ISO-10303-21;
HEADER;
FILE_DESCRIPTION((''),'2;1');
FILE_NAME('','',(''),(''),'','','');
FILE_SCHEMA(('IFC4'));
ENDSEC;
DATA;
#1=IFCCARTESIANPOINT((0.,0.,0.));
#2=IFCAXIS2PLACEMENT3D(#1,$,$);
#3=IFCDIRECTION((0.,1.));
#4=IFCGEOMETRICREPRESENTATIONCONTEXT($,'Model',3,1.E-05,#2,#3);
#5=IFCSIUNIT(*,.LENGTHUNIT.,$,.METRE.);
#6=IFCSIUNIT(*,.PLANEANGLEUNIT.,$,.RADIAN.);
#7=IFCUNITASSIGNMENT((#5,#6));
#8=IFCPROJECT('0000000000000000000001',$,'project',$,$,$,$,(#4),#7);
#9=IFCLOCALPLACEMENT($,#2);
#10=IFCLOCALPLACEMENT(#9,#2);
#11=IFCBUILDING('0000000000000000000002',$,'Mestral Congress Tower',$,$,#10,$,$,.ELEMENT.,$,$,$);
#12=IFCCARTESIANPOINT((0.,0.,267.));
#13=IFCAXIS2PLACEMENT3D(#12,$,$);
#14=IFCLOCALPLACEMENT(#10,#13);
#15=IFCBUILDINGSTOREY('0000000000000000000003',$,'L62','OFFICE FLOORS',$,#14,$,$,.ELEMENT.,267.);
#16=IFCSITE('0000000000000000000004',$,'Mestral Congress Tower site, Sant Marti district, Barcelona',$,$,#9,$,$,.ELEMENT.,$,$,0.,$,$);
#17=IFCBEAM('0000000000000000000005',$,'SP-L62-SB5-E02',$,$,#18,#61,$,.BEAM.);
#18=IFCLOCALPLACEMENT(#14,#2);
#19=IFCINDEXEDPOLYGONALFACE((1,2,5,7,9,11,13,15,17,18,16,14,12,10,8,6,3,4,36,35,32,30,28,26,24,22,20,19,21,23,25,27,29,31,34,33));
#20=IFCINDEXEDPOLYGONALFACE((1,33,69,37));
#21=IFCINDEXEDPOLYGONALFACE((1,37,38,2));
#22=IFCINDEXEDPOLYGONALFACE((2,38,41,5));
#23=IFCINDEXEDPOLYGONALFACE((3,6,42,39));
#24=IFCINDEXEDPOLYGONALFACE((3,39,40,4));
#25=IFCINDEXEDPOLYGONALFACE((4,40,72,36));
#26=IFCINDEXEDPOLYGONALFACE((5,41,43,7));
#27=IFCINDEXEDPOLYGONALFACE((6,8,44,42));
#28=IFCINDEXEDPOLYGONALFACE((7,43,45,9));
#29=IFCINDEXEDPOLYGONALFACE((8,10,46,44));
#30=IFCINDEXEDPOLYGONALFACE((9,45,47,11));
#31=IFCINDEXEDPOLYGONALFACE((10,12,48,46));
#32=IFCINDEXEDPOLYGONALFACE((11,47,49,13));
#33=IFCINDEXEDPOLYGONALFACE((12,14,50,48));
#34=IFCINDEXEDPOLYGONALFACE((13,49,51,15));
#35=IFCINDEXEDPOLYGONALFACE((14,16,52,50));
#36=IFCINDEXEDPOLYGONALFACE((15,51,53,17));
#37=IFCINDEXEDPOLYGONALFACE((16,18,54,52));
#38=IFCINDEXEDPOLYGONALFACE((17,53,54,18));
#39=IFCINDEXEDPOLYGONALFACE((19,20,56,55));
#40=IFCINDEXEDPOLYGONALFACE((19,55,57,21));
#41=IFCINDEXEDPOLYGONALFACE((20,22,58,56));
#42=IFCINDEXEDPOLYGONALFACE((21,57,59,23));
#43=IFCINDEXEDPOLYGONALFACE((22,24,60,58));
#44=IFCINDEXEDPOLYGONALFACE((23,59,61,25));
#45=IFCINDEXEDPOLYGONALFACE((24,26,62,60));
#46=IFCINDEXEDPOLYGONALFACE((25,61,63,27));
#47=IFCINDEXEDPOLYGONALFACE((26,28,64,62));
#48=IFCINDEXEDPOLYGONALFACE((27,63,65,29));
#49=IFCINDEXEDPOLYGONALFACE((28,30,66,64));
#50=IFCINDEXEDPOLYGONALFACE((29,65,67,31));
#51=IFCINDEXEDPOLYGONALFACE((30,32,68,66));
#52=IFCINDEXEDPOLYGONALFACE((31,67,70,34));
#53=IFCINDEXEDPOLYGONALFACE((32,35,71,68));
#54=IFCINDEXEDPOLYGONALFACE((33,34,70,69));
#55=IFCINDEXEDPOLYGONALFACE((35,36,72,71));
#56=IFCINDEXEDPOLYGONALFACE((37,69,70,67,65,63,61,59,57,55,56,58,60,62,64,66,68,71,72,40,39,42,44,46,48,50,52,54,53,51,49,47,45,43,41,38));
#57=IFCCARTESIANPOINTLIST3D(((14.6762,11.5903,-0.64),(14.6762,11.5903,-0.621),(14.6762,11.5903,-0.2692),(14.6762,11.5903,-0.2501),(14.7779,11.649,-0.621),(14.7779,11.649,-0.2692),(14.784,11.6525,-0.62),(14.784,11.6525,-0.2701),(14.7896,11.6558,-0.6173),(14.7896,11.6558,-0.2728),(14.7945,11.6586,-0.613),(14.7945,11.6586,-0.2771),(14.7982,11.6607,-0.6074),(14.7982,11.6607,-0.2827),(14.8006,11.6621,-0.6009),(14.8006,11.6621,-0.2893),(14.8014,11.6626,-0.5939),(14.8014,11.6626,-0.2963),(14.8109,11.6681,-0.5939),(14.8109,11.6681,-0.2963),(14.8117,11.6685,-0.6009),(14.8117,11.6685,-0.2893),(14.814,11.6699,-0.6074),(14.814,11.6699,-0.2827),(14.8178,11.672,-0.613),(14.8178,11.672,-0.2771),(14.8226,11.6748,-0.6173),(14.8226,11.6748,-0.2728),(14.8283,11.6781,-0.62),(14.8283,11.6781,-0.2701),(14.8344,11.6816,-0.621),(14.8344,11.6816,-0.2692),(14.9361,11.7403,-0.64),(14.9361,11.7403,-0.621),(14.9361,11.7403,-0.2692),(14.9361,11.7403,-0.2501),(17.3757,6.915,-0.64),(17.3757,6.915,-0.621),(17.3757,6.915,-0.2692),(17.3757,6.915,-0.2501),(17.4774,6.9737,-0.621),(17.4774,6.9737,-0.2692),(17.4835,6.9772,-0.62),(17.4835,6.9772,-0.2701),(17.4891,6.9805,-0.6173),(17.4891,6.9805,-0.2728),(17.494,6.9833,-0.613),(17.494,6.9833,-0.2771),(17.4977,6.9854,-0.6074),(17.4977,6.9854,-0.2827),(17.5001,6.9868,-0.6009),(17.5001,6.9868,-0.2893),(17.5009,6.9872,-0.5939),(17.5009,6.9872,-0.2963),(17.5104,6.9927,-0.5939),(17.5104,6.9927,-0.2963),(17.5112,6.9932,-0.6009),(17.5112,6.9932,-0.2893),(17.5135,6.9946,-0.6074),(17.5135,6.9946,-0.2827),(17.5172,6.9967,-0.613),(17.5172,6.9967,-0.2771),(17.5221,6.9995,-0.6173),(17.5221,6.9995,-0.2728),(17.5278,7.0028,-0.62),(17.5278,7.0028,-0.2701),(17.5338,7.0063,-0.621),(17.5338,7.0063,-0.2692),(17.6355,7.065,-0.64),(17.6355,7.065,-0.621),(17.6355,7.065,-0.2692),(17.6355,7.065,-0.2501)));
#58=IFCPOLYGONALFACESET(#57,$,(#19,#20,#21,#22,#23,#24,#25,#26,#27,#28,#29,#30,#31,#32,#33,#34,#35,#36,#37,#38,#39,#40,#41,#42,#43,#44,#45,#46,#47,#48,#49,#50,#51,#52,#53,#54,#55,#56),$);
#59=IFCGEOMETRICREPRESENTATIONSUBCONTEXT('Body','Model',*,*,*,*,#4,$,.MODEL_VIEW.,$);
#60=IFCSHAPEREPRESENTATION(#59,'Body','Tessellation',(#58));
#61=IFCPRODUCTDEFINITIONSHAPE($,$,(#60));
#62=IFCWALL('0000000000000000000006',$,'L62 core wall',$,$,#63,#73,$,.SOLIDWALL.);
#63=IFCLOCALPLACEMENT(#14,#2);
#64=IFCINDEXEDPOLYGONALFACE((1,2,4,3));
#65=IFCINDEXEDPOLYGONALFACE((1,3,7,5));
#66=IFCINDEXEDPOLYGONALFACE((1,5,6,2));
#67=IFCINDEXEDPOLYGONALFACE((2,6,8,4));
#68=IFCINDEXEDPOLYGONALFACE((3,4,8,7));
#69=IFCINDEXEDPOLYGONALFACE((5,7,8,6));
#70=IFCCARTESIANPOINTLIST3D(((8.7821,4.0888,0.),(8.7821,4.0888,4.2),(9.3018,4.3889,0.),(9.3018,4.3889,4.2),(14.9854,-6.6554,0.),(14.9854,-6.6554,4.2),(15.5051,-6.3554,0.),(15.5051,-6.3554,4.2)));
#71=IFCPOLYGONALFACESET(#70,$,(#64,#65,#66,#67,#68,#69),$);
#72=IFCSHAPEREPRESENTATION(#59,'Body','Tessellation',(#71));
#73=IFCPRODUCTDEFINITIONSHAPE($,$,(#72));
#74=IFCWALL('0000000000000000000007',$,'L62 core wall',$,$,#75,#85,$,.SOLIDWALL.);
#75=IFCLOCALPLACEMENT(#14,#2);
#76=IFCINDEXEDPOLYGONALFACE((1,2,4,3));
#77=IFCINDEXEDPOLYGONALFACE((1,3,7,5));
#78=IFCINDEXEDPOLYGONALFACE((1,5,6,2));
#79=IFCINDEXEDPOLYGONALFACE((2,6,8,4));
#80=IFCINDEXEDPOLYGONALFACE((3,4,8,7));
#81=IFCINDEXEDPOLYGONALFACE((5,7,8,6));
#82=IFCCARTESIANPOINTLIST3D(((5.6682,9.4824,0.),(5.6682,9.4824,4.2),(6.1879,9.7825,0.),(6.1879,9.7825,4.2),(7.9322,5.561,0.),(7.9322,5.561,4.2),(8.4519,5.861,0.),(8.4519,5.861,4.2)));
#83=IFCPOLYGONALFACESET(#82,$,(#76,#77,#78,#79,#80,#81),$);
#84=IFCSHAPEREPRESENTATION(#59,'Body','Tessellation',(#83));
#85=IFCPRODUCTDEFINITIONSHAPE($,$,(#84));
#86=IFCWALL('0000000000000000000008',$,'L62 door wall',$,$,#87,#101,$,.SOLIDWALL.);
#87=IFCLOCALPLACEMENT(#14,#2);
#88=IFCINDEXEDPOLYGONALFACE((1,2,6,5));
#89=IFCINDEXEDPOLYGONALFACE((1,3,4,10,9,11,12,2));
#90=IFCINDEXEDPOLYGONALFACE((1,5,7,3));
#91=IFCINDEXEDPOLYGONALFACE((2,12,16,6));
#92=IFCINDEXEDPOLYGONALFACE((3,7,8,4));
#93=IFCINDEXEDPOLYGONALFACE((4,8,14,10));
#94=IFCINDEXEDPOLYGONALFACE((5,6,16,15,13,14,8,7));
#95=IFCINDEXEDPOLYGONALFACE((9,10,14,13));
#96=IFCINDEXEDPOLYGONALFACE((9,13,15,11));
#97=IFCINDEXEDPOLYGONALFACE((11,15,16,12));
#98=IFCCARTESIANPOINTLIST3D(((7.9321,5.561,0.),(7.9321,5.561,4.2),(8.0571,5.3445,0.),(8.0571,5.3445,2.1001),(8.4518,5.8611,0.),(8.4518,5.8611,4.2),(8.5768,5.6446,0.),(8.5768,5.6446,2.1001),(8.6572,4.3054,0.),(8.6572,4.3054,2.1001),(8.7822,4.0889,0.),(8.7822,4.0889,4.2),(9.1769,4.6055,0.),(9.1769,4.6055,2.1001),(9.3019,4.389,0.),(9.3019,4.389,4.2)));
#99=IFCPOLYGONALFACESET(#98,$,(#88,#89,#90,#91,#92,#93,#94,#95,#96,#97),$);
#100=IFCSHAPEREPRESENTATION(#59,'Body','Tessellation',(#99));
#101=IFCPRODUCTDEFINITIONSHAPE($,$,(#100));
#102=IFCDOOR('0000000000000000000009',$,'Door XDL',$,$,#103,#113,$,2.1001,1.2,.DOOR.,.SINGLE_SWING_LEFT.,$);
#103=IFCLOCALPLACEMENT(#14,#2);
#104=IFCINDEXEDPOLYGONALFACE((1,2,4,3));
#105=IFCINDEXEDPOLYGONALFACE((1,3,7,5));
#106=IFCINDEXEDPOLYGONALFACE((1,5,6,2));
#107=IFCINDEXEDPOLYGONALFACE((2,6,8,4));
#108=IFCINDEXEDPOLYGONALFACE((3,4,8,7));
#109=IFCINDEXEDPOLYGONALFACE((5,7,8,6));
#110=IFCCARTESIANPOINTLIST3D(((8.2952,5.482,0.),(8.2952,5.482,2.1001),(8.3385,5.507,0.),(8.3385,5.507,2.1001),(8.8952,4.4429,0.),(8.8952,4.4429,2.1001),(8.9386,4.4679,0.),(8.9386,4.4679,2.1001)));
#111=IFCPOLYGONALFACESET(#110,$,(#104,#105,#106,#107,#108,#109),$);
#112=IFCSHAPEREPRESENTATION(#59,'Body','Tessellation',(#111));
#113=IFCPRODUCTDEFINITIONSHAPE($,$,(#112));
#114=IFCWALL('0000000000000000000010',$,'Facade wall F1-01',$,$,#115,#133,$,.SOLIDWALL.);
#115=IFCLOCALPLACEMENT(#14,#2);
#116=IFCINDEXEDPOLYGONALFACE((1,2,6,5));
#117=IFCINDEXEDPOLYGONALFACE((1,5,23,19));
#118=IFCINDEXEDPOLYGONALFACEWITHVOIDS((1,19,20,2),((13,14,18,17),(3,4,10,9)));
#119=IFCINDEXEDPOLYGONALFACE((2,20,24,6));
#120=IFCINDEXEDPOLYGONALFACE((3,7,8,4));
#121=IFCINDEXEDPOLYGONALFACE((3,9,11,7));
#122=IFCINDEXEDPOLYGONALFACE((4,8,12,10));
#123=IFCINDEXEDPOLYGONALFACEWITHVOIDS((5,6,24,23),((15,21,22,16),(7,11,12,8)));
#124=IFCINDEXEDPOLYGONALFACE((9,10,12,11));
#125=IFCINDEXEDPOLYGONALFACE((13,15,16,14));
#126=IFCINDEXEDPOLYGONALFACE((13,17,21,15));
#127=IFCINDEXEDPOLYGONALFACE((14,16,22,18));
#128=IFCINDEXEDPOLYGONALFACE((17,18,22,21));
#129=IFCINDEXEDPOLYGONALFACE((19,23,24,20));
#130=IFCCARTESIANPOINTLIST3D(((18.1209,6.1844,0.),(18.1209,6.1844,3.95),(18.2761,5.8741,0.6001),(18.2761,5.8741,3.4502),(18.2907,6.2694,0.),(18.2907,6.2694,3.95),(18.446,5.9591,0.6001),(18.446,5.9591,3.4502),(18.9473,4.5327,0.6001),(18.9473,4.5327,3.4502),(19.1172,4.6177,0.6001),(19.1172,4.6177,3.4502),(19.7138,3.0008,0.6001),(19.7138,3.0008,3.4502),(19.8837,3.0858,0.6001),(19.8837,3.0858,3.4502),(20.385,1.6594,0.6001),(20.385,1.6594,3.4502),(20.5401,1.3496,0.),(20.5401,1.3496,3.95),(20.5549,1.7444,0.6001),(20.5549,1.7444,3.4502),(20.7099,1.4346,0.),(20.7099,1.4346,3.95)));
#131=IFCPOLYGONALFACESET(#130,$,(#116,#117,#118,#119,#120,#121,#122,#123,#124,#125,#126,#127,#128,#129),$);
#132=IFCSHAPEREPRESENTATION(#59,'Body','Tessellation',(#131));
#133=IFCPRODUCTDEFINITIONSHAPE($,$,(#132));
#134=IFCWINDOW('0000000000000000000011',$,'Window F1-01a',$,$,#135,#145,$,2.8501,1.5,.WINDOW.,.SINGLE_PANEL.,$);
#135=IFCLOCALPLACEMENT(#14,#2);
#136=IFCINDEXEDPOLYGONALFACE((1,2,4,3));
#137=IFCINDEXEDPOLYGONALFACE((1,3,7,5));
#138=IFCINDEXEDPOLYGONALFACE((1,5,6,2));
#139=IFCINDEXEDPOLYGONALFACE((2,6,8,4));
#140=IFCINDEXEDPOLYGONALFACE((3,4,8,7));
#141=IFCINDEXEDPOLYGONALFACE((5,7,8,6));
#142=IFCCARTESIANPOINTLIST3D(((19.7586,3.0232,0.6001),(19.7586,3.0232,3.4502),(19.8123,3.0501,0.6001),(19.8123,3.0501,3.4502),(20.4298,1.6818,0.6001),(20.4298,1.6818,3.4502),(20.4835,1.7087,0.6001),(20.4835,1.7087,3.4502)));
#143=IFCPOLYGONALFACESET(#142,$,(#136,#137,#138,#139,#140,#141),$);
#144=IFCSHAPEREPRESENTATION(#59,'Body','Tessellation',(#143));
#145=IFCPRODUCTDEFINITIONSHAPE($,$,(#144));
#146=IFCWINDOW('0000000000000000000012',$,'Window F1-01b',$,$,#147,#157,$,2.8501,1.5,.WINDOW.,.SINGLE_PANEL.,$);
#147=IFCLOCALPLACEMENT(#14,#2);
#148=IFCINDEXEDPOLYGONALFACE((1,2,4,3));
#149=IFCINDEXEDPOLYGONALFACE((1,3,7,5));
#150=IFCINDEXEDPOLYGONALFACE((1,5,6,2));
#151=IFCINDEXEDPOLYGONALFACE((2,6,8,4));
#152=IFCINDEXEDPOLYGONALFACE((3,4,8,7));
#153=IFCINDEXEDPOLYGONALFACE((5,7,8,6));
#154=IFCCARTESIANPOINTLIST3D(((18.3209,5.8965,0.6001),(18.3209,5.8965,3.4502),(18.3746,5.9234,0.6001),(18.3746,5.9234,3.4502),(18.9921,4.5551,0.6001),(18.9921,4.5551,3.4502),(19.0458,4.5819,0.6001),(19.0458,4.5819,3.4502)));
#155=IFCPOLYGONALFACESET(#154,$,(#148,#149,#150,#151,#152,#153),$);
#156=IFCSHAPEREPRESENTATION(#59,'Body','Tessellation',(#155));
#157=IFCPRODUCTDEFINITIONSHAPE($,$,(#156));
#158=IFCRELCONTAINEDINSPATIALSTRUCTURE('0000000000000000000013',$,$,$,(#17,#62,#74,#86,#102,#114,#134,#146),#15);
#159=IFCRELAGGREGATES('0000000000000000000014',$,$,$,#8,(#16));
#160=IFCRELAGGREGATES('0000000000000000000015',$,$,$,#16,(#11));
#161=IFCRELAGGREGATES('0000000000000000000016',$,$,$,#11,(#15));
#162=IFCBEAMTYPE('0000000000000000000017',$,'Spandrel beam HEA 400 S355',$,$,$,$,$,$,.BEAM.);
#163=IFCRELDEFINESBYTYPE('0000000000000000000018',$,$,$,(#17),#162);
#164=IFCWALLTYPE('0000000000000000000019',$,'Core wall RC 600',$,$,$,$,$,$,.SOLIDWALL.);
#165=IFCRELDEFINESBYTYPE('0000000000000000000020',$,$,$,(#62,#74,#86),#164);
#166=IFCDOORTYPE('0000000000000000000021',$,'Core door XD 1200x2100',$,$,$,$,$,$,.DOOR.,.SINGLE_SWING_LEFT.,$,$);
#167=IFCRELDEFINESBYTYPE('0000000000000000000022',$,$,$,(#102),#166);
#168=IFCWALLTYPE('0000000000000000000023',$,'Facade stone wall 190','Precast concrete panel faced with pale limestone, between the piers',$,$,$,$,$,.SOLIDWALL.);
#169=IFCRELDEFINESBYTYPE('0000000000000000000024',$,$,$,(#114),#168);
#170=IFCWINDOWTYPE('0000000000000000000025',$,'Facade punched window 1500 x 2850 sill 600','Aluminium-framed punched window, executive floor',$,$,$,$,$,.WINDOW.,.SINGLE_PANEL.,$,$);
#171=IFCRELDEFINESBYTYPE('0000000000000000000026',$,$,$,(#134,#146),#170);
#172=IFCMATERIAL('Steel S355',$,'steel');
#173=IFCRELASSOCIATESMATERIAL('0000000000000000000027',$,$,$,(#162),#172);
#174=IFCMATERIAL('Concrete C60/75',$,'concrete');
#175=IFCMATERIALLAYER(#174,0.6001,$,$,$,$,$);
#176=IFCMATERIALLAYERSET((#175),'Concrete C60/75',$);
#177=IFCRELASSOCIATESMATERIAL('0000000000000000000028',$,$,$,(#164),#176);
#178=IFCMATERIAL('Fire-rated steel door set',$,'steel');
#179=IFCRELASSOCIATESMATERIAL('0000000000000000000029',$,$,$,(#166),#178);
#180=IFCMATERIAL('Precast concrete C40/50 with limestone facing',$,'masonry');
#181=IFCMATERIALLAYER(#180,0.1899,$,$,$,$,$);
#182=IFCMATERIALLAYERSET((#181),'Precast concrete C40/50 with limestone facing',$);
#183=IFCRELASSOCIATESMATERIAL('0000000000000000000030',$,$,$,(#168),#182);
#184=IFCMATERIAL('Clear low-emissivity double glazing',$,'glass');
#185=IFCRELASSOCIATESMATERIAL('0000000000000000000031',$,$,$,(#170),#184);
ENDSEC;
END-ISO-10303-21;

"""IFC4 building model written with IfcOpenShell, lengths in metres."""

from ifc_helpers import new_model, si_unit, direction, frame, frame_2d, origin, origin_2d, place, context, subcontext, project, spatial, rectangle, i_section, extrude, material, layer, layer_set, material_profile, profile_set, type_object, element, fill, save


model = new_model("IFC4")

# Units and contexts
model_context = context("Model", 3, precision=1e-05, world=origin(), true_north=direction((0.0, 1.0)))
body_context = subcontext(model_context, "Body", "Model", "MODEL_VIEW")
ifc_project = project(units=[si_unit("LENGTHUNIT", "METRE"), si_unit("PLANEANGLEUNIT", "RADIAN")], contexts=[model_context])

# Site, building, storey
site_placement = place(None, origin())
site = spatial("IfcSite", under=ifc_project, at=site_placement, Name="Mestral Congress Tower site, Sant Marti district, Barcelona", CompositionType="ELEMENT", RefElevation=0.0)
building_placement = place(site_placement, origin())
building = spatial("IfcBuilding", under=site, at=building_placement, Name="Mestral Congress Tower", CompositionType="ELEMENT")
storey_placement = place(building_placement, frame((0.0, 0.0, 267.0)))
storey = spatial("IfcBuildingStorey", under=building, at=storey_placement, Name="L62", Description="OFFICE FLOORS", CompositionType="ELEMENT", Elevation=267.0)

# Shared definitions
ifc_material_1 = material(Name="Concrete C60/75", Category="concrete")

# Beam
ifc_material_2 = material(Name="Steel S355", Category="steel")
ifc_material_profile_1 = material_profile(ifc_material_2, i_section(OverallWidth=0.3, OverallDepth=0.3899, WebThickness=0.011, FlangeThickness=0.019, FilletRadius=0.0271, at=origin_2d()), Name="HEA 400")
ifc_profile_set_1 = profile_set([ifc_material_profile_1], Name="Steel S355")
beam_type_1 = type_object("IfcBeamType", Name="Spandrel beam HEA 400 S355", PredefinedType="BEAM", material=ifc_profile_set_1)
beam_1_placement = place(storey_placement, frame((17.5056, 6.99, -0.4451), z_axis=(-0.500025, 0.866011, 0.0), x_axis=(-0.866011, -0.500025, 0.0)))
element("IfcBeam", 1, at=beam_1_placement, inside=storey, type_object=beam_type_1, Name="SP-L62-SB5-E02", PredefinedType="BEAM", context=body_context, shape_type="SweptSolid", body=[
    extrude(i_section(OverallWidth=0.3, OverallDepth=0.3899, WebThickness=0.011, FlangeThickness=0.019, FilletRadius=0.0271, at=origin_2d()), origin(), (0.0, 0.0, 1.0), 5.3987),
])

# Walls
ifc_layer_1 = layer(ifc_material_1, 0.6001)
ifc_layer_set_1 = layer_set([ifc_layer_1], Name="Concrete C60/75")
wall_type_1 = type_object("IfcWallType", Name="Core wall RC 600", PredefinedType="SOLIDWALL", material=ifc_layer_set_1)
wall_1_placement = place(storey_placement, frame((9.042, 4.2388, 0.0), z_axis=(0.0, 0.0, 1.0), x_axis=(0.500006, -0.866022, 0.0)))
element("IfcWall", 2, at=wall_1_placement, inside=storey, type_object=wall_type_1, Name="L62 core wall", PredefinedType="SOLIDWALL", context=body_context, shape_type="SweptSolid", body=[
    extrude(rectangle(XDim=12.4065, YDim=0.6001, at=frame_2d((6.2031, 0.0))), origin(), (0.0, 0.0, 1.0), 4.2),
])
wall_2_placement = place(storey_placement, frame((5.928, 9.6326, 0.0), z_axis=(0.0, 0.0, 1.0), x_axis=(0.499984, -0.866035, 0.0)))
element("IfcWall", 3, at=wall_2_placement, inside=storey, type_object=wall_type_1, Name="L62 core wall", PredefinedType="SOLIDWALL", context=body_context, shape_type="SweptSolid", body=[
    extrude(rectangle(XDim=4.5281, YDim=0.6001, at=frame_2d((2.2642, 0.0))), origin(), (0.0, 0.0, 1.0), 4.2),
])

# Wall, opening, door
wall_3_placement = place(storey_placement, frame((8.1919, 5.7112, 0.0), z_axis=(0.0, 0.0, 1.0), x_axis=(0.500062, -0.865989, 0.0)))
wall_3 = element("IfcWall", 4, at=wall_3_placement, inside=storey, type_object=wall_type_1, Name="L62 door wall", PredefinedType="SOLIDWALL", context=body_context, shape_type="SweptSolid", body=[
    extrude(rectangle(XDim=1.7, YDim=0.6001, at=frame_2d((0.8501, 0.0))), origin(), (0.0, 0.0, 1.0), 4.2),
])
opening_1_placement = place(wall_3_placement, frame((0.25, 0.0, 0.0)))
opening_1 = element("IfcOpeningElement", 5, at=opening_1_placement, cuts=wall_3, PredefinedType="OPENING", context=body_context, shape_type="SweptSolid", body=[
    extrude(rectangle(XDim=1.2, YDim=2.1001, at=frame_2d((0.6001, 1.05))), frame((0.0, 0.3101, 0.0), z_axis=(0.0, -1.0, 0.0), x_axis=(1.0, 0.0, 0.0)), (0.0, 0.0, 1.0), 0.6201),
])
ifc_material_3 = material(Name="Fire-rated steel door set", Category="steel")
door_type_1 = type_object("IfcDoorType", Name="Core door XD 1200x2100", OperationType="SINGLE_SWING_LEFT", PredefinedType="DOOR", material=ifc_material_3)
door_1_placement = place(opening_1_placement, origin())
door_1 = element("IfcDoor", 6, at=door_1_placement, inside=storey, type_object=door_type_1, Name="Door XDL", OperationType="SINGLE_SWING_LEFT", OverallHeight=2.1001, OverallWidth=1.2, PredefinedType="DOOR", context=body_context, shape_type="SweptSolid", body=[
    extrude(rectangle(XDim=1.2, YDim=2.1001, at=frame_2d((0.6001, 1.05))), frame((0.0, 0.0249, 0.0), z_axis=(0.0, -1.0, 0.0), x_axis=(1.0, 0.0, 0.0)), (0.0, 0.0, 1.0), 0.05),
])
fill(opening_1, door_1)

# Wall, openings, windows
ifc_material_4 = material(Name="Precast concrete C40/50 with limestone facing", Category="masonry")
ifc_layer_2 = layer(ifc_material_4, 0.1899)
ifc_layer_set_2 = layer_set([ifc_layer_2], Name="Precast concrete C40/50 with limestone facing")
wall_type_2 = type_object("IfcWallType", Name="Facade stone wall 190", Description="Precast concrete panel faced with pale limestone, between the piers", PredefinedType="SOLIDWALL", material=ifc_layer_set_2)
wall_4_placement = place(storey_placement, frame((20.625, 1.3921, 0.0), z_axis=(0.0, 0.0, 1.0), x_axis=(-0.447485, 0.894292, 0.0)))
wall_4 = element("IfcWall", 7, at=wall_4_placement, inside=storey, type_object=wall_type_2, Name="Facade wall F1-01", PredefinedType="SOLIDWALL", context=body_context, shape_type="SweptSolid", body=[
    extrude(rectangle(XDim=5.4062, YDim=0.1899, at=frame_2d((2.7031, 0.0))), origin(), (0.0, 0.0, 1.0), 3.95),
])
opening_2_placement = place(wall_4_placement, frame((0.3464, 0.0, 0.6001)))
opening_2 = element("IfcOpeningElement", 8, at=opening_2_placement, cuts=wall_4, PredefinedType="OPENING", context=body_context, shape_type="SweptSolid", body=[
    extrude(rectangle(XDim=1.5, YDim=2.8501, at=frame_2d((0.75, 1.425))), frame((0.0, 0.105, 0.0), z_axis=(0.0, -1.0, 0.0), x_axis=(1.0, 0.0, 0.0)), (0.0, 0.0, 1.0), 0.21),
])
opening_3_placement = place(wall_4_placement, frame((3.5593, 0.0, 0.6001)))
opening_3 = element("IfcOpeningElement", 9, at=opening_3_placement, cuts=wall_4, PredefinedType="OPENING", context=body_context, shape_type="SweptSolid", body=[
    extrude(rectangle(XDim=1.5, YDim=2.8501, at=frame_2d((0.75, 1.425))), frame((0.0, 0.105, 0.0), z_axis=(0.0, -1.0, 0.0), x_axis=(1.0, 0.0, 0.0)), (0.0, 0.0, 1.0), 0.21),
])
ifc_material_5 = material(Name="Clear low-emissivity double glazing", Category="glass")
window_type = type_object("IfcWindowType", Name="Facade punched window 1500 x 2850 sill 600", Description="Aluminium-framed punched window, executive floor", PartitioningType="SINGLE_PANEL", PredefinedType="WINDOW", material=ifc_material_5)
window_1_placement = place(opening_2_placement, origin())
window_1 = element("IfcWindow", 10, at=window_1_placement, inside=storey, type_object=window_type, Name="Window F1-01a", OverallHeight=2.8501, OverallWidth=1.5, PartitioningType="SINGLE_PANEL", PredefinedType="WINDOW", context=body_context, shape_type="SweptSolid", body=[
    extrude(rectangle(XDim=1.5, YDim=2.8501, at=frame_2d((0.75, 1.425))), frame((0.0, 0.0449, 0.0), z_axis=(0.0, -1.0, 0.0), x_axis=(1.0, 0.0, 0.0)), (0.0, 0.0, 1.0), 0.0601),
])
fill(opening_2, window_1)
window_2_placement = place(opening_3_placement, origin())
window_2 = element("IfcWindow", 11, at=window_2_placement, inside=storey, type_object=window_type, Name="Window F1-01b", OverallHeight=2.8501, OverallWidth=1.5, PartitioningType="SINGLE_PANEL", PredefinedType="WINDOW", context=body_context, shape_type="SweptSolid", body=[
    extrude(rectangle(XDim=1.5, YDim=2.8501, at=frame_2d((0.75, 1.425))), frame((0.0, 0.0449, 0.0), z_axis=(0.0, -1.0, 0.0), x_axis=(1.0, 0.0, 0.0)), (0.0, 0.0, 1.0), 0.0601),
])
fill(opening_3, window_2)

save(model, "model.ifc")
